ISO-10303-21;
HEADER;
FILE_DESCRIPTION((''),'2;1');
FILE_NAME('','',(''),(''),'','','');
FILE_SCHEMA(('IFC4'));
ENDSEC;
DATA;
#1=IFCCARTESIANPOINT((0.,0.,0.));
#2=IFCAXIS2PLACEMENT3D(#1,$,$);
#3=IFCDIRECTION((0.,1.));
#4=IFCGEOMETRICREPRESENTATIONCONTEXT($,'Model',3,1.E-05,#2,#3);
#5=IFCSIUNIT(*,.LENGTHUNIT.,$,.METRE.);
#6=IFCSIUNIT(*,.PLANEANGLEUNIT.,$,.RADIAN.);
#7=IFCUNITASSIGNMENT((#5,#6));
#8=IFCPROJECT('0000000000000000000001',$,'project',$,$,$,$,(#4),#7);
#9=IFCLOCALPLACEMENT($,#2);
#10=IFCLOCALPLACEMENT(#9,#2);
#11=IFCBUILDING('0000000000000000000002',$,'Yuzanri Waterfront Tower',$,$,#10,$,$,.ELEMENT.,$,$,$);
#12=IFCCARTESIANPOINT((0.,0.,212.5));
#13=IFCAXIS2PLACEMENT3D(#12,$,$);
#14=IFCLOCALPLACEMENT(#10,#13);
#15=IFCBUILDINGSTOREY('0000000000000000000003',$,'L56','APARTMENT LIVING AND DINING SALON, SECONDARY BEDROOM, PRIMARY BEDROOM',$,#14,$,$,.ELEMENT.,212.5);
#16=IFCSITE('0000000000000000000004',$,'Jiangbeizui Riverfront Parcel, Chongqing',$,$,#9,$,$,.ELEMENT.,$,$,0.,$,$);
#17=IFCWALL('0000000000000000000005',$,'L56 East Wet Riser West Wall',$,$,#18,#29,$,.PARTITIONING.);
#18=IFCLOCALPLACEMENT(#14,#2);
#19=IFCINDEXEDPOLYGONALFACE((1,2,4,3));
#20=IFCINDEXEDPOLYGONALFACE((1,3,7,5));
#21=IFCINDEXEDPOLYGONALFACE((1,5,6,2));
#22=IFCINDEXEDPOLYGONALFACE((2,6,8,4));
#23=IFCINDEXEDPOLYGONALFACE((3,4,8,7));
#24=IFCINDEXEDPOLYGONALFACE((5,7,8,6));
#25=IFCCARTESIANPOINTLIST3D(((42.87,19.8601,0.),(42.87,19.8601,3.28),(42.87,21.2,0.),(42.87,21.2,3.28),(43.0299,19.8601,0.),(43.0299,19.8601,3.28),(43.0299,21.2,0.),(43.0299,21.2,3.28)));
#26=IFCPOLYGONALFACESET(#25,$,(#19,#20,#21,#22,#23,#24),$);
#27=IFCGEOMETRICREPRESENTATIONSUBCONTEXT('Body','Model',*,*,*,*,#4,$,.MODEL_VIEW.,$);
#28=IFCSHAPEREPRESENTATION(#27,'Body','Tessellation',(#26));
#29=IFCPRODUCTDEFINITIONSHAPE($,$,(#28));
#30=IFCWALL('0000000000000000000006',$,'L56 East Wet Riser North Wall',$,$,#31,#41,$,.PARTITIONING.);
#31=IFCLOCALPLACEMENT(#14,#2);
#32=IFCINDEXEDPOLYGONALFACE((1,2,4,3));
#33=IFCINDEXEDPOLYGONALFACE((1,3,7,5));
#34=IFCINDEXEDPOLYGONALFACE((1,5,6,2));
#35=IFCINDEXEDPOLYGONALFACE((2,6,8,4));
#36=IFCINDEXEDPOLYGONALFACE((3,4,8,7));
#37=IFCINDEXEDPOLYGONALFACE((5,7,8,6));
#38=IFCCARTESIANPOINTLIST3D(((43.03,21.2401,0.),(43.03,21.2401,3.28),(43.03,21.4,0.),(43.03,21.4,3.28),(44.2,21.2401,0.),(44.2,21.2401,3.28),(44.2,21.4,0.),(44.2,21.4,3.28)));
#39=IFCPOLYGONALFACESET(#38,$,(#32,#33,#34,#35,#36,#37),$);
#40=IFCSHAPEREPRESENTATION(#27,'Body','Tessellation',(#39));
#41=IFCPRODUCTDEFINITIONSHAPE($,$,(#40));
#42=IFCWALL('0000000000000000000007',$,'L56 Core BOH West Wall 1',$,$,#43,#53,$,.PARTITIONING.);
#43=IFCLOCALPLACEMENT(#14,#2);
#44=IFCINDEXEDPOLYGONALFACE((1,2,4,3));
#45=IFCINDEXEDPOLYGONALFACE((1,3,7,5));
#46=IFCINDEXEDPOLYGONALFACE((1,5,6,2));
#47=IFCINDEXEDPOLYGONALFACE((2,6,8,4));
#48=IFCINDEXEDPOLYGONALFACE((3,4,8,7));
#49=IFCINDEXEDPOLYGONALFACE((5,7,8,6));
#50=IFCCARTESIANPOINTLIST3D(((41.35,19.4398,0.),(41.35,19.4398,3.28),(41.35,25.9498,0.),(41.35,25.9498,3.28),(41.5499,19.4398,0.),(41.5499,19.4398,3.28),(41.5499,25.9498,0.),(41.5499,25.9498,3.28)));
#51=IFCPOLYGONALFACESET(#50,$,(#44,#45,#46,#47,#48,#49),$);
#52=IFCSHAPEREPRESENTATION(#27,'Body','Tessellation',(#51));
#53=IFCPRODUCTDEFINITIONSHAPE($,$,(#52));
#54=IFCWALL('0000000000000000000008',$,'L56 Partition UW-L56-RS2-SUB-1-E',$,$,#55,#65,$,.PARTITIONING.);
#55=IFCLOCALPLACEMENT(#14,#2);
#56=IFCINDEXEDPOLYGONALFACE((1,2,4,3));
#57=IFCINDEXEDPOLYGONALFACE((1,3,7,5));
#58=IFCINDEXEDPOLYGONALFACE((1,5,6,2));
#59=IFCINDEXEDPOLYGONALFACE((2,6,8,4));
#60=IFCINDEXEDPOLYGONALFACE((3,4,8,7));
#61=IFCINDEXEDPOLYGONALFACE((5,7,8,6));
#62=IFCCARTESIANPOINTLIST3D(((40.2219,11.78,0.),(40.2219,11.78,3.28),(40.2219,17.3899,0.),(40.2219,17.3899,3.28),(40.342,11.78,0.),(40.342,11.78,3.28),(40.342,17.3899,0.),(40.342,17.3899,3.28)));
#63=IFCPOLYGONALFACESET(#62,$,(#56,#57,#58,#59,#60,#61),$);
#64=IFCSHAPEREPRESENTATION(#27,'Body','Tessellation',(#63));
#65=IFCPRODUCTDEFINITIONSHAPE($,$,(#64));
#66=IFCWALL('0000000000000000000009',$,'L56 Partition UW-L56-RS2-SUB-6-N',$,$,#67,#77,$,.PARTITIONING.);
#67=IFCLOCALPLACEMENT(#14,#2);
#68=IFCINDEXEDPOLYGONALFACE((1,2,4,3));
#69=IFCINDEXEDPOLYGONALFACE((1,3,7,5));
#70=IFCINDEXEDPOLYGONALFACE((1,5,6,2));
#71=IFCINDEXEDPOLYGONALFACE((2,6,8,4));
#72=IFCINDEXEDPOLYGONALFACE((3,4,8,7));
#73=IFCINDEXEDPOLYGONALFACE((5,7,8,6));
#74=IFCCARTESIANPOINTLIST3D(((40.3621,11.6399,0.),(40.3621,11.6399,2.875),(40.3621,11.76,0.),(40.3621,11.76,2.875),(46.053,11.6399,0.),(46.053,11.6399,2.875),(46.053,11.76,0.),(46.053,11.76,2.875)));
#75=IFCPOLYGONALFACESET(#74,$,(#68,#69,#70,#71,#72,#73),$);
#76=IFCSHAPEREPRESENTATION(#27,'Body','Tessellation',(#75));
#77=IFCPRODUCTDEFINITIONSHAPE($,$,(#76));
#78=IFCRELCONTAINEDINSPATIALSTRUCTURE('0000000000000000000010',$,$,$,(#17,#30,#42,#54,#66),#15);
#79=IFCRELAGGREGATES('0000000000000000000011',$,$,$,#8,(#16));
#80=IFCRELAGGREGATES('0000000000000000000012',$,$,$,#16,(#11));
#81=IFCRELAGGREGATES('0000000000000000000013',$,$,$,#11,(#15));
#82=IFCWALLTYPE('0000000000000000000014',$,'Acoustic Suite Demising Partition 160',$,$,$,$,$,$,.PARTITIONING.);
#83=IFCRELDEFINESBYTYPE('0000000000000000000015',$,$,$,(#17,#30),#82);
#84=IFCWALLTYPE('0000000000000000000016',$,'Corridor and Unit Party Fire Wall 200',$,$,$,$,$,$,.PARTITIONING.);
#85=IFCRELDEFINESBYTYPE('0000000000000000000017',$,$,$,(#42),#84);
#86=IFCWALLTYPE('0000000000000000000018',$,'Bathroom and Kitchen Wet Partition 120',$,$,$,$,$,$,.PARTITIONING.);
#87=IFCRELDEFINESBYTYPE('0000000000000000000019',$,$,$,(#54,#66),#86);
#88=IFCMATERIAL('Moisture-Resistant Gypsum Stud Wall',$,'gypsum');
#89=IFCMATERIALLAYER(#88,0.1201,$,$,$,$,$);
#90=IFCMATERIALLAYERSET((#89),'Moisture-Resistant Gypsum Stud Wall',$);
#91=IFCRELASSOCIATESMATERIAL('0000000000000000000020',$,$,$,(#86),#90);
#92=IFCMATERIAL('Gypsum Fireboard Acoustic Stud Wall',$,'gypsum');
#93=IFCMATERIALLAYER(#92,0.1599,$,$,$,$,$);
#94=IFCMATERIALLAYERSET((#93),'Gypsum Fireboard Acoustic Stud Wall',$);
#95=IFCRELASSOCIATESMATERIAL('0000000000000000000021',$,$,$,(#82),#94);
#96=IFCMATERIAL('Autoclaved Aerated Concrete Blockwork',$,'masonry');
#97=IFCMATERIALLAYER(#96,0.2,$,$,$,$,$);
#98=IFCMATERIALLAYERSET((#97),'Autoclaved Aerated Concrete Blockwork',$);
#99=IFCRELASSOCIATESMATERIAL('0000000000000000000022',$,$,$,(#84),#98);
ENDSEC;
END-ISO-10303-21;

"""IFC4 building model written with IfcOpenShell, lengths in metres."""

from ifc_helpers import new_model, si_unit, direction, frame, frame_2d, origin, place, context, subcontext, project, spatial, rectangle, extrude, source, transform, mapped, material, layer, layer_set, type_object, element, save


model = new_model("IFC4")

# Units and contexts
model_context = context("Model", 3, precision=1e-05, world=origin(), true_north=direction((0.0, 1.0)))
body_context = subcontext(model_context, "Body", "Model", "MODEL_VIEW")
ifc_project = project(units=[si_unit("LENGTHUNIT", "METRE"), si_unit("PLANEANGLEUNIT", "RADIAN")], contexts=[model_context])

# Site, building, storey
site_placement = place(None, origin())
site = spatial("IfcSite", under=ifc_project, at=site_placement, Name="Jiangbeizui Riverfront Parcel, Chongqing", CompositionType="ELEMENT", RefElevation=0.0)
building_placement = place(site_placement, origin())
building = spatial("IfcBuilding", under=site, at=building_placement, Name="Yuzanri Waterfront Tower", CompositionType="ELEMENT")
storey_placement = place(building_placement, frame((0.0, 0.0, 212.5)))
storey = spatial("IfcBuildingStorey", under=building, at=storey_placement, Name="L56", Description="APARTMENT LIVING AND DINING SALON, SECONDARY BEDROOM, PRIMARY BEDROOM", CompositionType="ELEMENT", Elevation=212.5)

# Shared definitions
ifc_material_1 = material(Name="Moisture-Resistant Gypsum Stud Wall", Category="gypsum")
ifc_layer_1 = layer(ifc_material_1, 0.1201)
ifc_layer_set_1 = layer_set([ifc_layer_1], Name="Moisture-Resistant Gypsum Stud Wall")
wall_type_1 = type_object("IfcWallType", Name="Bathroom and Kitchen Wet Partition 120", PredefinedType="PARTITIONING", material=ifc_layer_set_1)

# Walls
ifc_material_2 = material(Name="Gypsum Fireboard Acoustic Stud Wall", Category="gypsum")
ifc_layer_2 = layer(ifc_material_2, 0.1599)
ifc_layer_set_2 = layer_set([ifc_layer_2], Name="Gypsum Fireboard Acoustic Stud Wall")
wall_type_2 = type_object("IfcWallType", Name="Acoustic Suite Demising Partition 160", PredefinedType="PARTITIONING", material=ifc_layer_set_2)
shared_shape_1 = source(origin(), body_context, "Body", "SweptSolid", [
    extrude(rectangle(XDim=1.3398, YDim=0.1599, at=frame_2d((0.6699, 0.0))), origin(), (0.0, 0.0, 1.0), 3.28),
])
wall_1_placement = place(storey_placement, frame((42.95, 19.8601, 0.0), z_axis=(0.0, 0.0, 1.0), x_axis=(0.0, 1.0, 0.0)))
element("IfcWall", 1, at=wall_1_placement, inside=storey, type_object=wall_type_2, Name="L56 East Wet Riser West Wall", PredefinedType="PARTITIONING", context=body_context, shape_type="MappedRepresentation", body=[
    mapped(shared_shape_1, transform((0.0, 0.0, 0.0), scale=1.0)),
])
shared_shape_2 = source(origin(), body_context, "Body", "SweptSolid", [
    extrude(rectangle(XDim=1.1699, YDim=0.1599, at=frame_2d((0.585, 0.0))), origin(), (0.0, 0.0, 1.0), 3.28),
])
wall_2_placement = place(storey_placement, frame((43.03, 21.3201, 0.0), z_axis=(0.0, 0.0, 1.0), x_axis=(1.0, 0.0, 0.0)))
element("IfcWall", 2, at=wall_2_placement, inside=storey, type_object=wall_type_2, Name="L56 East Wet Riser North Wall", PredefinedType="PARTITIONING", context=body_context, shape_type="MappedRepresentation", body=[
    mapped(shared_shape_2, transform((0.0, 0.0, 0.0), scale=1.0)),
])
ifc_material_3 = material(Name="Autoclaved Aerated Concrete Blockwork", Category="masonry")
ifc_layer_3 = layer(ifc_material_3, 0.2)
ifc_layer_set_3 = layer_set([ifc_layer_3], Name="Autoclaved Aerated Concrete Blockwork")
wall_type_3 = type_object("IfcWallType", Name="Corridor and Unit Party Fire Wall 200", PredefinedType="PARTITIONING", material=ifc_layer_set_3)
shared_shape_3 = source(origin(), body_context, "Body", "SweptSolid", [
    extrude(rectangle(XDim=6.51, YDim=0.2, at=frame_2d((3.2549, 0.0))), origin(), (0.0, 0.0, 1.0), 3.28),
])
wall_3_placement = place(storey_placement, frame((41.45, 19.4399, 0.0), z_axis=(0.0, 0.0, 1.0), x_axis=(0.0, 1.0, 0.0)))
element("IfcWall", 3, at=wall_3_placement, inside=storey, type_object=wall_type_3, Name="L56 Core BOH West Wall 1", PredefinedType="PARTITIONING", context=body_context, shape_type="MappedRepresentation", body=[
    mapped(shared_shape_3, transform((0.0, 0.0, 0.0), scale=1.0)),
])
shared_shape_4 = source(origin(), body_context, "Body", "SweptSolid", [
    extrude(rectangle(XDim=5.6099, YDim=0.1201, at=frame_2d((2.8049, 0.0))), origin(), (0.0, 0.0, 1.0), 3.28),
])
wall_4_placement = place(storey_placement, frame((40.282, 11.78, 0.0), z_axis=(0.0, 0.0, 1.0), x_axis=(0.0, 1.0, 0.0)))
element("IfcWall", 4, at=wall_4_placement, inside=storey, type_object=wall_type_1, Name="L56 Partition UW-L56-RS2-SUB-1-E", PredefinedType="PARTITIONING", context=body_context, shape_type="MappedRepresentation", body=[
    mapped(shared_shape_4, transform((0.0, 0.0, 0.0), scale=1.0)),
])
shared_shape_5 = source(origin(), body_context, "Body", "SweptSolid", [
    extrude(rectangle(XDim=5.6909, YDim=0.1201, at=frame_2d((2.8455, 0.0))), origin(), (0.0, 0.0, 1.0), 2.875),
])
wall_5_placement = place(storey_placement, frame((40.3621, 11.7, 0.0), z_axis=(0.0, 0.0, 1.0), x_axis=(1.0, 0.0, 0.0)))
element("IfcWall", 5, at=wall_5_placement, inside=storey, type_object=wall_type_1, Name="L56 Partition UW-L56-RS2-SUB-6-N", PredefinedType="PARTITIONING", context=body_context, shape_type="MappedRepresentation", body=[
    mapped(shared_shape_5, transform((0.0, 0.0, 0.0), scale=1.0)),
])

save(model, "model.ifc")
